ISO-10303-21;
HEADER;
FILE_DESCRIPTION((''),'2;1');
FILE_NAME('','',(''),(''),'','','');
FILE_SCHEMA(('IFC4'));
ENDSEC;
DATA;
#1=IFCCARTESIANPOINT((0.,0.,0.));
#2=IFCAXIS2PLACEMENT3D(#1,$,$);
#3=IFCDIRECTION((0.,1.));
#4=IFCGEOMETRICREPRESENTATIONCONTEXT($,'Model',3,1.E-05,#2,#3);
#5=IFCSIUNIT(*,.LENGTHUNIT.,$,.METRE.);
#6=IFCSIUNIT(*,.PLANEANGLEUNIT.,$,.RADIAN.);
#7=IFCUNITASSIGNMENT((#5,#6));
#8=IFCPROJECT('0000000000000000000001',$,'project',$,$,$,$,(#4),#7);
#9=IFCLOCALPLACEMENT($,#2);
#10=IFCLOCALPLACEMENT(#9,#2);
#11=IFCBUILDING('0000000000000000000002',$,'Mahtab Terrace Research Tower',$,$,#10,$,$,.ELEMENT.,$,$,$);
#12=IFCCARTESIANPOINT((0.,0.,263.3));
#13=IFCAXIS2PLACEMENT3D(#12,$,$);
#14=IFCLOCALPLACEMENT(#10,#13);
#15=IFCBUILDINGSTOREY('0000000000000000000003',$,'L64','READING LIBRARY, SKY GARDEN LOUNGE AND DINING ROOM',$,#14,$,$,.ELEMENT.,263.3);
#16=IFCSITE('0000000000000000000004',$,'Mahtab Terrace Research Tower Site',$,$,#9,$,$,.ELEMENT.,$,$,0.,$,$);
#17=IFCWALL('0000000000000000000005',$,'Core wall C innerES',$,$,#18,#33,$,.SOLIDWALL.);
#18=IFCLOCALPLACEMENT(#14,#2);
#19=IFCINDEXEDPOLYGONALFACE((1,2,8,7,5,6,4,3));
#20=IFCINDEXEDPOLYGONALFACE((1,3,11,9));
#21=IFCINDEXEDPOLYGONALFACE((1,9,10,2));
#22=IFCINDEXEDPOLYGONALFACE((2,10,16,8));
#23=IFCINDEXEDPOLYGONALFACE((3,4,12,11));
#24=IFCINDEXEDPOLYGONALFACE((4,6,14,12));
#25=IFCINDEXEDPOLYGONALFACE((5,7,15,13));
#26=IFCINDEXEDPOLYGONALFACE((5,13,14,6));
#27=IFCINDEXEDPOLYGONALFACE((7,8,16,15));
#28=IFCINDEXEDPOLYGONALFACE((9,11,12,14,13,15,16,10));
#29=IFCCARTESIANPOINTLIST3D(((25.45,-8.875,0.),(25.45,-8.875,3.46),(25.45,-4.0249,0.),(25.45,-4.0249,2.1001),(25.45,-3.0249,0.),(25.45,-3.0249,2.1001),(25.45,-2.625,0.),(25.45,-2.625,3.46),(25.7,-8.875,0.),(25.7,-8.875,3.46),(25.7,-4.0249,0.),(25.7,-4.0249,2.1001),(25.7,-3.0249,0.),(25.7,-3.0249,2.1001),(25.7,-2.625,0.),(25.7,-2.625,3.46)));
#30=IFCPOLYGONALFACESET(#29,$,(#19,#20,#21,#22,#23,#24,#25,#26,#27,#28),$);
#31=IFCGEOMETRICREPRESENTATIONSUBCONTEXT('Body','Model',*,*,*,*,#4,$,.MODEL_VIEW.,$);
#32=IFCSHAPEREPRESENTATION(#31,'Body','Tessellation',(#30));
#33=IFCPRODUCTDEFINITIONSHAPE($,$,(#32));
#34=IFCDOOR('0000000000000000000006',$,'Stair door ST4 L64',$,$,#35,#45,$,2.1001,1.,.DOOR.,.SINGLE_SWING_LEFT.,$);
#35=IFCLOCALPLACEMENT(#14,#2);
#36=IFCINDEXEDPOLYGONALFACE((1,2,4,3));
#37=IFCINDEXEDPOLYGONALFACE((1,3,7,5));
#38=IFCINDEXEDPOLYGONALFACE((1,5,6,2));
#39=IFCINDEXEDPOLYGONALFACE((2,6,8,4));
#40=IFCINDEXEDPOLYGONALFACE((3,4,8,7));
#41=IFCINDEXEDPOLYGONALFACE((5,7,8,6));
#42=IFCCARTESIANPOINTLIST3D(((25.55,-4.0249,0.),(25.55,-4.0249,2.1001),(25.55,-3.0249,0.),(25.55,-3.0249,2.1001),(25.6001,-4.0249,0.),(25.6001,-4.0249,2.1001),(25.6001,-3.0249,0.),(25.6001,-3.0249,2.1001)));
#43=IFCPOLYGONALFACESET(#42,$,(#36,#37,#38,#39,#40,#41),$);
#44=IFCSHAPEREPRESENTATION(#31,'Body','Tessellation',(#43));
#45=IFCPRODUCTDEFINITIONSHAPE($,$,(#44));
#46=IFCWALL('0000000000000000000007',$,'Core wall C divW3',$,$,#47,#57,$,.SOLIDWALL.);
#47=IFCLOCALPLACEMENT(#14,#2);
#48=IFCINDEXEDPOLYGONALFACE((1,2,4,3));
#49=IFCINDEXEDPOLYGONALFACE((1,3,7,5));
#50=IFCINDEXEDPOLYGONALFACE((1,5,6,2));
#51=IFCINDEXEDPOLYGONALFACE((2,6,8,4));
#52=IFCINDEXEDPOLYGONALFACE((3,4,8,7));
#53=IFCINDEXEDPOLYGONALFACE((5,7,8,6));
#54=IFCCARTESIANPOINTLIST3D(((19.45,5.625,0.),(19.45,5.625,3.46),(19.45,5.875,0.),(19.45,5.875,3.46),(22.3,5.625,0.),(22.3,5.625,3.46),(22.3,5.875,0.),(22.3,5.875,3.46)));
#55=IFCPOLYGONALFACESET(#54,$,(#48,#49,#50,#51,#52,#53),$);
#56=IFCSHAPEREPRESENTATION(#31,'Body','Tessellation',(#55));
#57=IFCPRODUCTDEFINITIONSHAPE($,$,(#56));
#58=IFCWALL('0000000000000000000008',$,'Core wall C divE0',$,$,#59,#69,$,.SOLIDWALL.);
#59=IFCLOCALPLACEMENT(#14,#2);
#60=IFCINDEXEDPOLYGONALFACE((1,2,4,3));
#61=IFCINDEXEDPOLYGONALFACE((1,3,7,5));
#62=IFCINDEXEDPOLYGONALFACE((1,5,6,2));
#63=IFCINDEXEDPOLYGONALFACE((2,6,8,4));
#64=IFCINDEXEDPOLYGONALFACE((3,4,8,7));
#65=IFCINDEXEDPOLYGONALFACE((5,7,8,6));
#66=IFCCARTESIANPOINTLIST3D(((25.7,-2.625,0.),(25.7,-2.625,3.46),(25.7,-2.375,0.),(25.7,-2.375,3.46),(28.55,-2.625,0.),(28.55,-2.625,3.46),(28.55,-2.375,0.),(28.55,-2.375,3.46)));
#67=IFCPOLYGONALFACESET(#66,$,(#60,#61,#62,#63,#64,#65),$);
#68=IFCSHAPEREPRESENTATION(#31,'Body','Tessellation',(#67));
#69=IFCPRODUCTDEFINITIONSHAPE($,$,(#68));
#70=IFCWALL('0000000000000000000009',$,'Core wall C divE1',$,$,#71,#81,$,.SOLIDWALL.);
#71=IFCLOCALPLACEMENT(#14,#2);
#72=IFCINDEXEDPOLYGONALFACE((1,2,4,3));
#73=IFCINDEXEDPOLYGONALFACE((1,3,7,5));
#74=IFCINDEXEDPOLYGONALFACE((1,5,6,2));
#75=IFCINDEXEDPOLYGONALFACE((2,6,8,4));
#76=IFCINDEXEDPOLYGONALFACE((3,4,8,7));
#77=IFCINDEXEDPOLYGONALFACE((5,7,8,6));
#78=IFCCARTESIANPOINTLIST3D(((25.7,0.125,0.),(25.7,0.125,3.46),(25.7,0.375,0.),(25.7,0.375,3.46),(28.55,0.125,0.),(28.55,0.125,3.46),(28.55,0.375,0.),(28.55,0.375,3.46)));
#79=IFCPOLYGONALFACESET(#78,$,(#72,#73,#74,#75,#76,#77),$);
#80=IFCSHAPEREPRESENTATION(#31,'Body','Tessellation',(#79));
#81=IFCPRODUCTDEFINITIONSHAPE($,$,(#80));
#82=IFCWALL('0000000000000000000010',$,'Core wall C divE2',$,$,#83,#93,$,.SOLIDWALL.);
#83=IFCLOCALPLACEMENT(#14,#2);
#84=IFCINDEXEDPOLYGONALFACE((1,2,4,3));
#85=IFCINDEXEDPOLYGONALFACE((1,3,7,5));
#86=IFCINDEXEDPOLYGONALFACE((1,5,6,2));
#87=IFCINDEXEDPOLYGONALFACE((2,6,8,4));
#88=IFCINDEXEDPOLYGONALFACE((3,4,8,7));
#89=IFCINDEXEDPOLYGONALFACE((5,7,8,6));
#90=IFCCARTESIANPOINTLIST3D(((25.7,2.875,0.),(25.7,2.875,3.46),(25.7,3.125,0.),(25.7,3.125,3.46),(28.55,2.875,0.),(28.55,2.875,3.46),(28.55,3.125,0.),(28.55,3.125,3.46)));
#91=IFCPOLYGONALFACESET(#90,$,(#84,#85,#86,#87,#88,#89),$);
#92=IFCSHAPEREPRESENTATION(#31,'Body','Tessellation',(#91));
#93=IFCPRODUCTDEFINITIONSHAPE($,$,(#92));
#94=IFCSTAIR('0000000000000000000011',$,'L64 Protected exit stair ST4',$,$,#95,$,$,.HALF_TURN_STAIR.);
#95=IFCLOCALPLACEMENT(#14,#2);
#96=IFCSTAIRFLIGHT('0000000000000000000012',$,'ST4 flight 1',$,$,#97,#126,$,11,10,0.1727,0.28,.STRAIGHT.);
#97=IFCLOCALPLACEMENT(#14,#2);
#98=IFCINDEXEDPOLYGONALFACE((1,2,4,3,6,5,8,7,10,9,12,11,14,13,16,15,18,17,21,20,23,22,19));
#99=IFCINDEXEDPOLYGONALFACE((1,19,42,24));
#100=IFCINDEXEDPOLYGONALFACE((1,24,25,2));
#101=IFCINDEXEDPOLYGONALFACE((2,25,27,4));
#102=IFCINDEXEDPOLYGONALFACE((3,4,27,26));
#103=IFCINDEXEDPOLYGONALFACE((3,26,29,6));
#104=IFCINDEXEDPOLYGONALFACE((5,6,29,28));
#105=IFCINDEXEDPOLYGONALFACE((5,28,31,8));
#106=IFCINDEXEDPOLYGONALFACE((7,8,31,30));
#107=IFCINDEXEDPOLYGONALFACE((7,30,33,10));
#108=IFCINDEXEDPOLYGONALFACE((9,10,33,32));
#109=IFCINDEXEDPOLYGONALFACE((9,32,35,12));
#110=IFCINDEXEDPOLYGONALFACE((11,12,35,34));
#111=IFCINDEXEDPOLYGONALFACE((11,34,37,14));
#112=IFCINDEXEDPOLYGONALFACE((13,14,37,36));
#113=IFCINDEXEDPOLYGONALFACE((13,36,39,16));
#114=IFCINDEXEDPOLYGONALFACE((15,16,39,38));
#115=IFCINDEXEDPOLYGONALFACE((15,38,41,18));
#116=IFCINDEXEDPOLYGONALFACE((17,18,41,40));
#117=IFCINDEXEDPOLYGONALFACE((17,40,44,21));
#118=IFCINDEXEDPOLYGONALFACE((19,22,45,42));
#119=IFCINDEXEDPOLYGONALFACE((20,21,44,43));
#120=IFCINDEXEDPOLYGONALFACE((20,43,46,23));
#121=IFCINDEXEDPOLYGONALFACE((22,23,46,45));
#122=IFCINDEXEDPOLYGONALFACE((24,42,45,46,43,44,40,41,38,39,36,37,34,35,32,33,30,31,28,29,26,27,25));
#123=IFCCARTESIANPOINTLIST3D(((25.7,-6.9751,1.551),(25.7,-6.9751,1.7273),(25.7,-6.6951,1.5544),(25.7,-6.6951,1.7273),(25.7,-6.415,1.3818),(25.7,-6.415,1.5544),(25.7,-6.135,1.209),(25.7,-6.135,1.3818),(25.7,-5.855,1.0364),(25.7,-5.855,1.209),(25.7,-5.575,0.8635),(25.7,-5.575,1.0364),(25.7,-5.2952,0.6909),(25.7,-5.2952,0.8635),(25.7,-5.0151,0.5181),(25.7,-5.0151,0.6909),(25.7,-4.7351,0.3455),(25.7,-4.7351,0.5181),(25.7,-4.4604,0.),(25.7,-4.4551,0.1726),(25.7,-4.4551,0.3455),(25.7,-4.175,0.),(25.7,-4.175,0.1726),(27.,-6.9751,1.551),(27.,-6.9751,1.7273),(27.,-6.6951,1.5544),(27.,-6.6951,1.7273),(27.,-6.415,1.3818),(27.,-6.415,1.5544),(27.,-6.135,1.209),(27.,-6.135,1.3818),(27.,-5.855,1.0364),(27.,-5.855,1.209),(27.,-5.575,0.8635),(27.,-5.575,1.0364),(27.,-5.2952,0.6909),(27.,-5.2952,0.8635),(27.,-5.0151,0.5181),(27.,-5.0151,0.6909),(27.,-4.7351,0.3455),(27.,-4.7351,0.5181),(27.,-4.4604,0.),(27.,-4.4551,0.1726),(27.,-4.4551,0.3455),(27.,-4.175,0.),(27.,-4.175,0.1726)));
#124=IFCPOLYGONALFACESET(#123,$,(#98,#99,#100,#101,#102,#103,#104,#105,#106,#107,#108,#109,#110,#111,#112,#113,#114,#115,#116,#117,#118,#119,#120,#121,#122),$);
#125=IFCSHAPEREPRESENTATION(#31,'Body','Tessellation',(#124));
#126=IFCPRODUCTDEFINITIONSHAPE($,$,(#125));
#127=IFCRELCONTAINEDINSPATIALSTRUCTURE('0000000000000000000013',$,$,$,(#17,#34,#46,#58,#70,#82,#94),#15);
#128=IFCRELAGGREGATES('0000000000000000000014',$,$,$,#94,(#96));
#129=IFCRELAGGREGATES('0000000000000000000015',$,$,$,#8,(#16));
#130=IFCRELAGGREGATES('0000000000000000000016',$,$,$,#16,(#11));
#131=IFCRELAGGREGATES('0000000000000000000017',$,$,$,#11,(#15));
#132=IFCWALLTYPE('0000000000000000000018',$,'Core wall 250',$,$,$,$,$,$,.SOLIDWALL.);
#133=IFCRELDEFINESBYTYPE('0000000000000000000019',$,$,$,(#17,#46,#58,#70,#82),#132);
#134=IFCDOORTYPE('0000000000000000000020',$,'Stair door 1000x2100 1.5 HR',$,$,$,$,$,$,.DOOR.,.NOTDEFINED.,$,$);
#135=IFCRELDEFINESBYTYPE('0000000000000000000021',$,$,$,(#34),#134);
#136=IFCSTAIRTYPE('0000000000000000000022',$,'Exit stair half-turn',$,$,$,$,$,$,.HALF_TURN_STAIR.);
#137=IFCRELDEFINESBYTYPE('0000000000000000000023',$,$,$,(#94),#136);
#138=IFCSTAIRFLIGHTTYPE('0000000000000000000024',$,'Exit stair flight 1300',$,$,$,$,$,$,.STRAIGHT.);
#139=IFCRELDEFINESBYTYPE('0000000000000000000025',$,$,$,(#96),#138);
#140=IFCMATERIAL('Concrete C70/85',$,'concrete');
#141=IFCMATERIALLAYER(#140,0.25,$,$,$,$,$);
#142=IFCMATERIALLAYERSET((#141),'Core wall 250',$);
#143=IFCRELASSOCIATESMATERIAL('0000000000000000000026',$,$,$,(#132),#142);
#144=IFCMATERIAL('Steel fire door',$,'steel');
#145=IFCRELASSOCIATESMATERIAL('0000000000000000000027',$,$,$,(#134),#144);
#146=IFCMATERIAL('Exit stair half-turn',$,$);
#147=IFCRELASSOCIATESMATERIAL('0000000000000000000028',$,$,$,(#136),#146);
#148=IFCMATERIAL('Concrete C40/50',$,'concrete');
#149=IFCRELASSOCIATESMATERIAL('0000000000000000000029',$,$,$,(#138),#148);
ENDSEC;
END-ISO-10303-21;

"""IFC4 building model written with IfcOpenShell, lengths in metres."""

from ifc_helpers import new_model, si_unit, direction, frame, frame_2d, origin, place, context, subcontext, project, spatial, polyline, rectangle, outline, extrude, material, layer, layer_set, type_object, element, fill, aggregate, save


model = new_model("IFC4")

# Units and contexts
model_context = context("Model", 3, precision=1e-05, world=origin(), true_north=direction((0.0, 1.0)))
body_context = subcontext(model_context, "Body", "Model", "MODEL_VIEW")
ifc_project = project(units=[si_unit("LENGTHUNIT", "METRE"), si_unit("PLANEANGLEUNIT", "RADIAN")], contexts=[model_context])

# Site, building, storey
site_placement = place(None, origin())
site = spatial("IfcSite", under=ifc_project, at=site_placement, Name="Mahtab Terrace Research Tower Site", CompositionType="ELEMENT", RefElevation=0.0)
building_placement = place(site_placement, origin())
building = spatial("IfcBuilding", under=site, at=building_placement, Name="Mahtab Terrace Research Tower", CompositionType="ELEMENT")
storey_placement = place(building_placement, frame((0.0, 0.0, 263.3)))
storey = spatial("IfcBuildingStorey", under=building, at=storey_placement, Name="L64", Description="READING LIBRARY, SKY GARDEN LOUNGE AND DINING ROOM", CompositionType="ELEMENT", Elevation=263.3)

# Shared definitions
ifc_material_1 = material(Name="Concrete C70/85", Category="concrete")
ifc_layer_1 = layer(ifc_material_1, 0.25)
ifc_layer_set_1 = layer_set([ifc_layer_1], Name="Core wall 250")
wall_type_1 = type_object("IfcWallType", Name="Core wall 250", PredefinedType="SOLIDWALL", material=ifc_layer_set_1)
ifc_material_2 = material(Name="Steel fire door", Category="steel")

# Wall, opening, door
wall_1_placement = place(storey_placement, frame((25.575, -8.875, 0.0), z_axis=(0.0, 0.0, 1.0), x_axis=(0.0, 1.0, 0.0)))
wall_1 = element("IfcWall", 1, at=wall_1_placement, inside=storey, type_object=wall_type_1, Name="Core wall C innerES", PredefinedType="SOLIDWALL", context=body_context, shape_type="SweptSolid", body=[
    extrude(rectangle(XDim=6.25, YDim=0.25, at=frame_2d((3.125, 0.0))), origin(), (0.0, 0.0, 1.0), 3.46),
])
opening_1_placement = place(wall_1_placement, frame((4.8501, 0.0, 0.0)))
opening_1 = element("IfcOpeningElement", 2, at=opening_1_placement, cuts=wall_1, PredefinedType="OPENING", context=body_context, shape_type="SweptSolid", body=[
    extrude(rectangle(XDim=1.0, YDim=2.1001, at=frame_2d((0.5, 1.05))), frame((0.0, 0.135, 0.0), z_axis=(0.0, -1.0, 0.0), x_axis=(1.0, 0.0, 0.0)), (0.0, 0.0, 1.0), 0.27),
])
door_type_1 = type_object("IfcDoorType", Name="Stair door 1000x2100 1.5 HR", OperationType="NOTDEFINED", PredefinedType="DOOR", material=ifc_material_2)
door_1_placement = place(opening_1_placement, origin())
door_1 = element("IfcDoor", 3, at=door_1_placement, inside=storey, type_object=door_type_1, Name="Stair door ST4 L64", OperationType="SINGLE_SWING_LEFT", OverallHeight=2.1001, OverallWidth=1.0, PredefinedType="DOOR", context=body_context, shape_type="SweptSolid", body=[
    extrude(rectangle(XDim=1.0, YDim=2.1001, at=frame_2d((0.5, 1.05))), frame((0.0, 0.0249, 0.0), z_axis=(0.0, -1.0, 0.0), x_axis=(1.0, 0.0, 0.0)), (0.0, 0.0, 1.0), 0.05),
])
fill(opening_1, door_1)

# Walls
for number, where, z_axis, x_axis, name in (
    (4, (19.45, 5.75, 0.0), (0.0, 0.0, 1.0), (1.0, 0.0, 0.0), "Core wall C divW3"),
    (5, (25.7, -2.5, 0.0), (0.0, 0.0, 1.0), (1.0, 0.0, 0.0), "Core wall C divE0"),
    (6, (25.7, 0.25, 0.0), (0.0, 0.0, 1.0), (1.0, 0.0, 0.0), "Core wall C divE1"),
    (7, (25.7, 3.0, 0.0), (0.0, 0.0, 1.0), (1.0, 0.0, 0.0), "Core wall C divE2"),
):
    element("IfcWall", number, at=place(storey_placement, frame(where, z_axis=z_axis, x_axis=x_axis)), inside=storey, type_object=wall_type_1, Name=name, PredefinedType="SOLIDWALL", context=body_context, shape_type="SweptSolid", body=[
        extrude(rectangle(XDim=2.8501, YDim=0.25, at=frame_2d((1.425, 0.0))), origin(), (0.0, 0.0, 1.0), 3.46),
    ])

# Stair, stair flight
ifc_material_3 = material(Name="Exit stair half-turn")
stair_type = type_object("IfcStairType", Name="Exit stair half-turn", PredefinedType="HALF_TURN_STAIR", material=ifc_material_3)
stair_placement = place(storey_placement, origin())
stair = element("IfcStair", 8, at=stair_placement, inside=storey, type_object=stair_type, Name="L64 Protected exit stair ST4", PredefinedType="HALF_TURN_STAIR")
ifc_material_4 = material(Name="Concrete C40/50", Category="concrete")
stair_flight_type = type_object("IfcStairFlightType", Name="Exit stair flight 1300", PredefinedType="STRAIGHT", material=ifc_material_4)
stair_flight_placement = place(storey_placement, frame((26.3501, -4.175, 0.0), z_axis=(0.0, 0.0, 1.0), x_axis=(0.0, -1.0, 0.0)))
stair_flight = element("IfcStairFlight", 9, at=stair_flight_placement, type_object=stair_flight_type, Name="ST4 flight 1", NumberOfRisers=11, NumberOfTreads=10, PredefinedType="STRAIGHT", RiserHeight=0.1727, TreadLength=0.28, context=body_context, shape_type="SweptSolid", body=[
    extrude(outline(polyline([(0.0, 0.0), (0.0, 0.1726), (0.28, 0.1726), (0.28, 0.3455), (0.5601, 0.3455), (0.5601, 0.5181), (0.8401, 0.5181), (0.8401, 0.6909), (1.1201, 0.6909), (1.1201, 0.8635), (1.3999, 0.8635), (1.3999, 1.0364), (1.6799, 1.0364), (1.6799, 1.209), (1.96, 1.209), (1.96, 1.3818), (2.24, 1.3818), (2.24, 1.5544), (2.52, 1.5544), (2.52, 1.7273), (2.8, 1.7273), (2.8, 1.8999), (2.8, 1.551), (0.2854, 0.0), (0.0, 0.0)])), frame((0.0, 0.6499, 0.0), z_axis=(0.0, -1.0, 0.0), x_axis=(1.0, 0.0, 0.0)), (0.0, 0.0, 1.0), 1.3),
])
aggregate(stair, [stair_flight])

save(model, "model.ifc")
